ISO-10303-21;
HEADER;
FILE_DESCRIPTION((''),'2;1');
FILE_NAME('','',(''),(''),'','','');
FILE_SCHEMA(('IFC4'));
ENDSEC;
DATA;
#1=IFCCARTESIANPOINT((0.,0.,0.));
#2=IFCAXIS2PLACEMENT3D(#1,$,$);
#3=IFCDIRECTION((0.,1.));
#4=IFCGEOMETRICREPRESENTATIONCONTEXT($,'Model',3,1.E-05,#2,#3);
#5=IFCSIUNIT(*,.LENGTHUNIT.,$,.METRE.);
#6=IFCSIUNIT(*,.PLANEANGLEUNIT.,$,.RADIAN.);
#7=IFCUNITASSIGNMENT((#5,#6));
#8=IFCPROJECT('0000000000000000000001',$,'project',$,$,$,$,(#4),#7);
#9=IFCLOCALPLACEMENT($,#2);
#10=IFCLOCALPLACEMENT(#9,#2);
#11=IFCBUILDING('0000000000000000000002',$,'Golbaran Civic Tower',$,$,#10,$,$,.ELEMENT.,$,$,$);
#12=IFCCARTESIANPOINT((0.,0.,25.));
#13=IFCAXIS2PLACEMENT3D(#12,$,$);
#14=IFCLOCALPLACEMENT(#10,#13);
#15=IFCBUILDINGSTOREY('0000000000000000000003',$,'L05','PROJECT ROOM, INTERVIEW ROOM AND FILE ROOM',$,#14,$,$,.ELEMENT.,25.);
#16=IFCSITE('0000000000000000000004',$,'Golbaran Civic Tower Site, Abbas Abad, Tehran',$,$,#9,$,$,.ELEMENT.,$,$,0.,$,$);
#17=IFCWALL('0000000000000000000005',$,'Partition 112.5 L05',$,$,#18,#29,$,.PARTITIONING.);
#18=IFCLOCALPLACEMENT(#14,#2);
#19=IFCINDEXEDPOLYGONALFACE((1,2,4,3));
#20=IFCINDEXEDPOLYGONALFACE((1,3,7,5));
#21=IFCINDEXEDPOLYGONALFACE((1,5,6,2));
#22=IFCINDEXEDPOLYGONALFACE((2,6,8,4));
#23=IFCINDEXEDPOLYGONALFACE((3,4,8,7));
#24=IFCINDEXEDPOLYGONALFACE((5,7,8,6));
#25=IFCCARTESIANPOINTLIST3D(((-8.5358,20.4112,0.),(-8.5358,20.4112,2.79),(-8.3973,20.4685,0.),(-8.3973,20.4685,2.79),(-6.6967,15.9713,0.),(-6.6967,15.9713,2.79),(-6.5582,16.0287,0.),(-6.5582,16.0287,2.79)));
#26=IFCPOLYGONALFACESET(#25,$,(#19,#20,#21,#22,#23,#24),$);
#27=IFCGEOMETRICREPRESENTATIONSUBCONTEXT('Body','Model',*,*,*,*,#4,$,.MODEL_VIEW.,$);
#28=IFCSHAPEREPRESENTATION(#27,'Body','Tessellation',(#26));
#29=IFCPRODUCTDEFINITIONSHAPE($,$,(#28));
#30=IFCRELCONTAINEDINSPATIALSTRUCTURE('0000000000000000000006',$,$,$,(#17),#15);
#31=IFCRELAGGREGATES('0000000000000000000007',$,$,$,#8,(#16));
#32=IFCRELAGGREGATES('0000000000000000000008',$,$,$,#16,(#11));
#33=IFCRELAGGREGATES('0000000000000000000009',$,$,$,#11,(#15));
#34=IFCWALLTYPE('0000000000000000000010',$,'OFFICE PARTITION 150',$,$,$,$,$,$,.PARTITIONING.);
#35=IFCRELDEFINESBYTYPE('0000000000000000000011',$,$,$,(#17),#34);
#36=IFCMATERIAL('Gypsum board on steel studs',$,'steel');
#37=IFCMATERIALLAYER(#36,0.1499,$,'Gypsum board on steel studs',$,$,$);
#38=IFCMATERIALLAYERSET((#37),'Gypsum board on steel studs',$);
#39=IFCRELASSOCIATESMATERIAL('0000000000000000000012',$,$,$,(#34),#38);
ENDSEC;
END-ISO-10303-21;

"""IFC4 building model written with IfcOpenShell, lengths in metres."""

from ifc_helpers import new_model, si_unit, direction, frame, frame_2d, origin, place, context, subcontext, project, spatial, rectangle, extrude, material, layer, layer_set, type_object, element, save


model = new_model("IFC4")

# Units and contexts
model_context = context("Model", 3, precision=1e-05, world=origin(), true_north=direction((0.0, 1.0)))
body_context = subcontext(model_context, "Body", "Model", "MODEL_VIEW")
ifc_project = project(units=[si_unit("LENGTHUNIT", "METRE"), si_unit("PLANEANGLEUNIT", "RADIAN")], contexts=[model_context])

# Site, building, storey
site_placement = place(None, origin())
site = spatial("IfcSite", under=ifc_project, at=site_placement, Name="Golbaran Civic Tower Site, Abbas Abad, Tehran", CompositionType="ELEMENT", RefElevation=0.0)
building_placement = place(site_placement, origin())
building = spatial("IfcBuilding", under=site, at=building_placement, Name="Golbaran Civic Tower", CompositionType="ELEMENT")
storey_placement = place(building_placement, frame((0.0, 0.0, 25.0)))
storey = spatial("IfcBuildingStorey", under=building, at=storey_placement, Name="L05", Description="PROJECT ROOM, INTERVIEW ROOM AND FILE ROOM", CompositionType="ELEMENT", Elevation=25.0)

# Wall
ifc_material_1 = material(Name="Gypsum board on steel studs", Category="steel")
ifc_layer_1 = layer(ifc_material_1, 0.1499, Name="Gypsum board on steel studs")
ifc_layer_set_1 = layer_set([ifc_layer_1], Name="Gypsum board on steel studs")
wall_type_1 = type_object("IfcWallType", Name="OFFICE PARTITION 150", PredefinedType="PARTITIONING", material=ifc_layer_set_1)
wall_1_placement = place(storey_placement, frame((-6.6274, 16.0, 0.0), z_axis=(0.0, 0.0, 1.0), x_axis=(-0.382688, 0.923878, 0.0)))
element("IfcWall", 1, at=wall_1_placement, inside=storey, type_object=wall_type_1, Name="Partition 112.5 L05", PredefinedType="PARTITIONING", context=body_context, shape_type="SweptSolid", body=[
    extrude(rectangle(XDim=4.8057, YDim=0.1499, at=frame_2d((2.4028, 0.0))), origin(), (0.0, 0.0, 1.0), 2.79),
])

save(model, "model.ifc")
